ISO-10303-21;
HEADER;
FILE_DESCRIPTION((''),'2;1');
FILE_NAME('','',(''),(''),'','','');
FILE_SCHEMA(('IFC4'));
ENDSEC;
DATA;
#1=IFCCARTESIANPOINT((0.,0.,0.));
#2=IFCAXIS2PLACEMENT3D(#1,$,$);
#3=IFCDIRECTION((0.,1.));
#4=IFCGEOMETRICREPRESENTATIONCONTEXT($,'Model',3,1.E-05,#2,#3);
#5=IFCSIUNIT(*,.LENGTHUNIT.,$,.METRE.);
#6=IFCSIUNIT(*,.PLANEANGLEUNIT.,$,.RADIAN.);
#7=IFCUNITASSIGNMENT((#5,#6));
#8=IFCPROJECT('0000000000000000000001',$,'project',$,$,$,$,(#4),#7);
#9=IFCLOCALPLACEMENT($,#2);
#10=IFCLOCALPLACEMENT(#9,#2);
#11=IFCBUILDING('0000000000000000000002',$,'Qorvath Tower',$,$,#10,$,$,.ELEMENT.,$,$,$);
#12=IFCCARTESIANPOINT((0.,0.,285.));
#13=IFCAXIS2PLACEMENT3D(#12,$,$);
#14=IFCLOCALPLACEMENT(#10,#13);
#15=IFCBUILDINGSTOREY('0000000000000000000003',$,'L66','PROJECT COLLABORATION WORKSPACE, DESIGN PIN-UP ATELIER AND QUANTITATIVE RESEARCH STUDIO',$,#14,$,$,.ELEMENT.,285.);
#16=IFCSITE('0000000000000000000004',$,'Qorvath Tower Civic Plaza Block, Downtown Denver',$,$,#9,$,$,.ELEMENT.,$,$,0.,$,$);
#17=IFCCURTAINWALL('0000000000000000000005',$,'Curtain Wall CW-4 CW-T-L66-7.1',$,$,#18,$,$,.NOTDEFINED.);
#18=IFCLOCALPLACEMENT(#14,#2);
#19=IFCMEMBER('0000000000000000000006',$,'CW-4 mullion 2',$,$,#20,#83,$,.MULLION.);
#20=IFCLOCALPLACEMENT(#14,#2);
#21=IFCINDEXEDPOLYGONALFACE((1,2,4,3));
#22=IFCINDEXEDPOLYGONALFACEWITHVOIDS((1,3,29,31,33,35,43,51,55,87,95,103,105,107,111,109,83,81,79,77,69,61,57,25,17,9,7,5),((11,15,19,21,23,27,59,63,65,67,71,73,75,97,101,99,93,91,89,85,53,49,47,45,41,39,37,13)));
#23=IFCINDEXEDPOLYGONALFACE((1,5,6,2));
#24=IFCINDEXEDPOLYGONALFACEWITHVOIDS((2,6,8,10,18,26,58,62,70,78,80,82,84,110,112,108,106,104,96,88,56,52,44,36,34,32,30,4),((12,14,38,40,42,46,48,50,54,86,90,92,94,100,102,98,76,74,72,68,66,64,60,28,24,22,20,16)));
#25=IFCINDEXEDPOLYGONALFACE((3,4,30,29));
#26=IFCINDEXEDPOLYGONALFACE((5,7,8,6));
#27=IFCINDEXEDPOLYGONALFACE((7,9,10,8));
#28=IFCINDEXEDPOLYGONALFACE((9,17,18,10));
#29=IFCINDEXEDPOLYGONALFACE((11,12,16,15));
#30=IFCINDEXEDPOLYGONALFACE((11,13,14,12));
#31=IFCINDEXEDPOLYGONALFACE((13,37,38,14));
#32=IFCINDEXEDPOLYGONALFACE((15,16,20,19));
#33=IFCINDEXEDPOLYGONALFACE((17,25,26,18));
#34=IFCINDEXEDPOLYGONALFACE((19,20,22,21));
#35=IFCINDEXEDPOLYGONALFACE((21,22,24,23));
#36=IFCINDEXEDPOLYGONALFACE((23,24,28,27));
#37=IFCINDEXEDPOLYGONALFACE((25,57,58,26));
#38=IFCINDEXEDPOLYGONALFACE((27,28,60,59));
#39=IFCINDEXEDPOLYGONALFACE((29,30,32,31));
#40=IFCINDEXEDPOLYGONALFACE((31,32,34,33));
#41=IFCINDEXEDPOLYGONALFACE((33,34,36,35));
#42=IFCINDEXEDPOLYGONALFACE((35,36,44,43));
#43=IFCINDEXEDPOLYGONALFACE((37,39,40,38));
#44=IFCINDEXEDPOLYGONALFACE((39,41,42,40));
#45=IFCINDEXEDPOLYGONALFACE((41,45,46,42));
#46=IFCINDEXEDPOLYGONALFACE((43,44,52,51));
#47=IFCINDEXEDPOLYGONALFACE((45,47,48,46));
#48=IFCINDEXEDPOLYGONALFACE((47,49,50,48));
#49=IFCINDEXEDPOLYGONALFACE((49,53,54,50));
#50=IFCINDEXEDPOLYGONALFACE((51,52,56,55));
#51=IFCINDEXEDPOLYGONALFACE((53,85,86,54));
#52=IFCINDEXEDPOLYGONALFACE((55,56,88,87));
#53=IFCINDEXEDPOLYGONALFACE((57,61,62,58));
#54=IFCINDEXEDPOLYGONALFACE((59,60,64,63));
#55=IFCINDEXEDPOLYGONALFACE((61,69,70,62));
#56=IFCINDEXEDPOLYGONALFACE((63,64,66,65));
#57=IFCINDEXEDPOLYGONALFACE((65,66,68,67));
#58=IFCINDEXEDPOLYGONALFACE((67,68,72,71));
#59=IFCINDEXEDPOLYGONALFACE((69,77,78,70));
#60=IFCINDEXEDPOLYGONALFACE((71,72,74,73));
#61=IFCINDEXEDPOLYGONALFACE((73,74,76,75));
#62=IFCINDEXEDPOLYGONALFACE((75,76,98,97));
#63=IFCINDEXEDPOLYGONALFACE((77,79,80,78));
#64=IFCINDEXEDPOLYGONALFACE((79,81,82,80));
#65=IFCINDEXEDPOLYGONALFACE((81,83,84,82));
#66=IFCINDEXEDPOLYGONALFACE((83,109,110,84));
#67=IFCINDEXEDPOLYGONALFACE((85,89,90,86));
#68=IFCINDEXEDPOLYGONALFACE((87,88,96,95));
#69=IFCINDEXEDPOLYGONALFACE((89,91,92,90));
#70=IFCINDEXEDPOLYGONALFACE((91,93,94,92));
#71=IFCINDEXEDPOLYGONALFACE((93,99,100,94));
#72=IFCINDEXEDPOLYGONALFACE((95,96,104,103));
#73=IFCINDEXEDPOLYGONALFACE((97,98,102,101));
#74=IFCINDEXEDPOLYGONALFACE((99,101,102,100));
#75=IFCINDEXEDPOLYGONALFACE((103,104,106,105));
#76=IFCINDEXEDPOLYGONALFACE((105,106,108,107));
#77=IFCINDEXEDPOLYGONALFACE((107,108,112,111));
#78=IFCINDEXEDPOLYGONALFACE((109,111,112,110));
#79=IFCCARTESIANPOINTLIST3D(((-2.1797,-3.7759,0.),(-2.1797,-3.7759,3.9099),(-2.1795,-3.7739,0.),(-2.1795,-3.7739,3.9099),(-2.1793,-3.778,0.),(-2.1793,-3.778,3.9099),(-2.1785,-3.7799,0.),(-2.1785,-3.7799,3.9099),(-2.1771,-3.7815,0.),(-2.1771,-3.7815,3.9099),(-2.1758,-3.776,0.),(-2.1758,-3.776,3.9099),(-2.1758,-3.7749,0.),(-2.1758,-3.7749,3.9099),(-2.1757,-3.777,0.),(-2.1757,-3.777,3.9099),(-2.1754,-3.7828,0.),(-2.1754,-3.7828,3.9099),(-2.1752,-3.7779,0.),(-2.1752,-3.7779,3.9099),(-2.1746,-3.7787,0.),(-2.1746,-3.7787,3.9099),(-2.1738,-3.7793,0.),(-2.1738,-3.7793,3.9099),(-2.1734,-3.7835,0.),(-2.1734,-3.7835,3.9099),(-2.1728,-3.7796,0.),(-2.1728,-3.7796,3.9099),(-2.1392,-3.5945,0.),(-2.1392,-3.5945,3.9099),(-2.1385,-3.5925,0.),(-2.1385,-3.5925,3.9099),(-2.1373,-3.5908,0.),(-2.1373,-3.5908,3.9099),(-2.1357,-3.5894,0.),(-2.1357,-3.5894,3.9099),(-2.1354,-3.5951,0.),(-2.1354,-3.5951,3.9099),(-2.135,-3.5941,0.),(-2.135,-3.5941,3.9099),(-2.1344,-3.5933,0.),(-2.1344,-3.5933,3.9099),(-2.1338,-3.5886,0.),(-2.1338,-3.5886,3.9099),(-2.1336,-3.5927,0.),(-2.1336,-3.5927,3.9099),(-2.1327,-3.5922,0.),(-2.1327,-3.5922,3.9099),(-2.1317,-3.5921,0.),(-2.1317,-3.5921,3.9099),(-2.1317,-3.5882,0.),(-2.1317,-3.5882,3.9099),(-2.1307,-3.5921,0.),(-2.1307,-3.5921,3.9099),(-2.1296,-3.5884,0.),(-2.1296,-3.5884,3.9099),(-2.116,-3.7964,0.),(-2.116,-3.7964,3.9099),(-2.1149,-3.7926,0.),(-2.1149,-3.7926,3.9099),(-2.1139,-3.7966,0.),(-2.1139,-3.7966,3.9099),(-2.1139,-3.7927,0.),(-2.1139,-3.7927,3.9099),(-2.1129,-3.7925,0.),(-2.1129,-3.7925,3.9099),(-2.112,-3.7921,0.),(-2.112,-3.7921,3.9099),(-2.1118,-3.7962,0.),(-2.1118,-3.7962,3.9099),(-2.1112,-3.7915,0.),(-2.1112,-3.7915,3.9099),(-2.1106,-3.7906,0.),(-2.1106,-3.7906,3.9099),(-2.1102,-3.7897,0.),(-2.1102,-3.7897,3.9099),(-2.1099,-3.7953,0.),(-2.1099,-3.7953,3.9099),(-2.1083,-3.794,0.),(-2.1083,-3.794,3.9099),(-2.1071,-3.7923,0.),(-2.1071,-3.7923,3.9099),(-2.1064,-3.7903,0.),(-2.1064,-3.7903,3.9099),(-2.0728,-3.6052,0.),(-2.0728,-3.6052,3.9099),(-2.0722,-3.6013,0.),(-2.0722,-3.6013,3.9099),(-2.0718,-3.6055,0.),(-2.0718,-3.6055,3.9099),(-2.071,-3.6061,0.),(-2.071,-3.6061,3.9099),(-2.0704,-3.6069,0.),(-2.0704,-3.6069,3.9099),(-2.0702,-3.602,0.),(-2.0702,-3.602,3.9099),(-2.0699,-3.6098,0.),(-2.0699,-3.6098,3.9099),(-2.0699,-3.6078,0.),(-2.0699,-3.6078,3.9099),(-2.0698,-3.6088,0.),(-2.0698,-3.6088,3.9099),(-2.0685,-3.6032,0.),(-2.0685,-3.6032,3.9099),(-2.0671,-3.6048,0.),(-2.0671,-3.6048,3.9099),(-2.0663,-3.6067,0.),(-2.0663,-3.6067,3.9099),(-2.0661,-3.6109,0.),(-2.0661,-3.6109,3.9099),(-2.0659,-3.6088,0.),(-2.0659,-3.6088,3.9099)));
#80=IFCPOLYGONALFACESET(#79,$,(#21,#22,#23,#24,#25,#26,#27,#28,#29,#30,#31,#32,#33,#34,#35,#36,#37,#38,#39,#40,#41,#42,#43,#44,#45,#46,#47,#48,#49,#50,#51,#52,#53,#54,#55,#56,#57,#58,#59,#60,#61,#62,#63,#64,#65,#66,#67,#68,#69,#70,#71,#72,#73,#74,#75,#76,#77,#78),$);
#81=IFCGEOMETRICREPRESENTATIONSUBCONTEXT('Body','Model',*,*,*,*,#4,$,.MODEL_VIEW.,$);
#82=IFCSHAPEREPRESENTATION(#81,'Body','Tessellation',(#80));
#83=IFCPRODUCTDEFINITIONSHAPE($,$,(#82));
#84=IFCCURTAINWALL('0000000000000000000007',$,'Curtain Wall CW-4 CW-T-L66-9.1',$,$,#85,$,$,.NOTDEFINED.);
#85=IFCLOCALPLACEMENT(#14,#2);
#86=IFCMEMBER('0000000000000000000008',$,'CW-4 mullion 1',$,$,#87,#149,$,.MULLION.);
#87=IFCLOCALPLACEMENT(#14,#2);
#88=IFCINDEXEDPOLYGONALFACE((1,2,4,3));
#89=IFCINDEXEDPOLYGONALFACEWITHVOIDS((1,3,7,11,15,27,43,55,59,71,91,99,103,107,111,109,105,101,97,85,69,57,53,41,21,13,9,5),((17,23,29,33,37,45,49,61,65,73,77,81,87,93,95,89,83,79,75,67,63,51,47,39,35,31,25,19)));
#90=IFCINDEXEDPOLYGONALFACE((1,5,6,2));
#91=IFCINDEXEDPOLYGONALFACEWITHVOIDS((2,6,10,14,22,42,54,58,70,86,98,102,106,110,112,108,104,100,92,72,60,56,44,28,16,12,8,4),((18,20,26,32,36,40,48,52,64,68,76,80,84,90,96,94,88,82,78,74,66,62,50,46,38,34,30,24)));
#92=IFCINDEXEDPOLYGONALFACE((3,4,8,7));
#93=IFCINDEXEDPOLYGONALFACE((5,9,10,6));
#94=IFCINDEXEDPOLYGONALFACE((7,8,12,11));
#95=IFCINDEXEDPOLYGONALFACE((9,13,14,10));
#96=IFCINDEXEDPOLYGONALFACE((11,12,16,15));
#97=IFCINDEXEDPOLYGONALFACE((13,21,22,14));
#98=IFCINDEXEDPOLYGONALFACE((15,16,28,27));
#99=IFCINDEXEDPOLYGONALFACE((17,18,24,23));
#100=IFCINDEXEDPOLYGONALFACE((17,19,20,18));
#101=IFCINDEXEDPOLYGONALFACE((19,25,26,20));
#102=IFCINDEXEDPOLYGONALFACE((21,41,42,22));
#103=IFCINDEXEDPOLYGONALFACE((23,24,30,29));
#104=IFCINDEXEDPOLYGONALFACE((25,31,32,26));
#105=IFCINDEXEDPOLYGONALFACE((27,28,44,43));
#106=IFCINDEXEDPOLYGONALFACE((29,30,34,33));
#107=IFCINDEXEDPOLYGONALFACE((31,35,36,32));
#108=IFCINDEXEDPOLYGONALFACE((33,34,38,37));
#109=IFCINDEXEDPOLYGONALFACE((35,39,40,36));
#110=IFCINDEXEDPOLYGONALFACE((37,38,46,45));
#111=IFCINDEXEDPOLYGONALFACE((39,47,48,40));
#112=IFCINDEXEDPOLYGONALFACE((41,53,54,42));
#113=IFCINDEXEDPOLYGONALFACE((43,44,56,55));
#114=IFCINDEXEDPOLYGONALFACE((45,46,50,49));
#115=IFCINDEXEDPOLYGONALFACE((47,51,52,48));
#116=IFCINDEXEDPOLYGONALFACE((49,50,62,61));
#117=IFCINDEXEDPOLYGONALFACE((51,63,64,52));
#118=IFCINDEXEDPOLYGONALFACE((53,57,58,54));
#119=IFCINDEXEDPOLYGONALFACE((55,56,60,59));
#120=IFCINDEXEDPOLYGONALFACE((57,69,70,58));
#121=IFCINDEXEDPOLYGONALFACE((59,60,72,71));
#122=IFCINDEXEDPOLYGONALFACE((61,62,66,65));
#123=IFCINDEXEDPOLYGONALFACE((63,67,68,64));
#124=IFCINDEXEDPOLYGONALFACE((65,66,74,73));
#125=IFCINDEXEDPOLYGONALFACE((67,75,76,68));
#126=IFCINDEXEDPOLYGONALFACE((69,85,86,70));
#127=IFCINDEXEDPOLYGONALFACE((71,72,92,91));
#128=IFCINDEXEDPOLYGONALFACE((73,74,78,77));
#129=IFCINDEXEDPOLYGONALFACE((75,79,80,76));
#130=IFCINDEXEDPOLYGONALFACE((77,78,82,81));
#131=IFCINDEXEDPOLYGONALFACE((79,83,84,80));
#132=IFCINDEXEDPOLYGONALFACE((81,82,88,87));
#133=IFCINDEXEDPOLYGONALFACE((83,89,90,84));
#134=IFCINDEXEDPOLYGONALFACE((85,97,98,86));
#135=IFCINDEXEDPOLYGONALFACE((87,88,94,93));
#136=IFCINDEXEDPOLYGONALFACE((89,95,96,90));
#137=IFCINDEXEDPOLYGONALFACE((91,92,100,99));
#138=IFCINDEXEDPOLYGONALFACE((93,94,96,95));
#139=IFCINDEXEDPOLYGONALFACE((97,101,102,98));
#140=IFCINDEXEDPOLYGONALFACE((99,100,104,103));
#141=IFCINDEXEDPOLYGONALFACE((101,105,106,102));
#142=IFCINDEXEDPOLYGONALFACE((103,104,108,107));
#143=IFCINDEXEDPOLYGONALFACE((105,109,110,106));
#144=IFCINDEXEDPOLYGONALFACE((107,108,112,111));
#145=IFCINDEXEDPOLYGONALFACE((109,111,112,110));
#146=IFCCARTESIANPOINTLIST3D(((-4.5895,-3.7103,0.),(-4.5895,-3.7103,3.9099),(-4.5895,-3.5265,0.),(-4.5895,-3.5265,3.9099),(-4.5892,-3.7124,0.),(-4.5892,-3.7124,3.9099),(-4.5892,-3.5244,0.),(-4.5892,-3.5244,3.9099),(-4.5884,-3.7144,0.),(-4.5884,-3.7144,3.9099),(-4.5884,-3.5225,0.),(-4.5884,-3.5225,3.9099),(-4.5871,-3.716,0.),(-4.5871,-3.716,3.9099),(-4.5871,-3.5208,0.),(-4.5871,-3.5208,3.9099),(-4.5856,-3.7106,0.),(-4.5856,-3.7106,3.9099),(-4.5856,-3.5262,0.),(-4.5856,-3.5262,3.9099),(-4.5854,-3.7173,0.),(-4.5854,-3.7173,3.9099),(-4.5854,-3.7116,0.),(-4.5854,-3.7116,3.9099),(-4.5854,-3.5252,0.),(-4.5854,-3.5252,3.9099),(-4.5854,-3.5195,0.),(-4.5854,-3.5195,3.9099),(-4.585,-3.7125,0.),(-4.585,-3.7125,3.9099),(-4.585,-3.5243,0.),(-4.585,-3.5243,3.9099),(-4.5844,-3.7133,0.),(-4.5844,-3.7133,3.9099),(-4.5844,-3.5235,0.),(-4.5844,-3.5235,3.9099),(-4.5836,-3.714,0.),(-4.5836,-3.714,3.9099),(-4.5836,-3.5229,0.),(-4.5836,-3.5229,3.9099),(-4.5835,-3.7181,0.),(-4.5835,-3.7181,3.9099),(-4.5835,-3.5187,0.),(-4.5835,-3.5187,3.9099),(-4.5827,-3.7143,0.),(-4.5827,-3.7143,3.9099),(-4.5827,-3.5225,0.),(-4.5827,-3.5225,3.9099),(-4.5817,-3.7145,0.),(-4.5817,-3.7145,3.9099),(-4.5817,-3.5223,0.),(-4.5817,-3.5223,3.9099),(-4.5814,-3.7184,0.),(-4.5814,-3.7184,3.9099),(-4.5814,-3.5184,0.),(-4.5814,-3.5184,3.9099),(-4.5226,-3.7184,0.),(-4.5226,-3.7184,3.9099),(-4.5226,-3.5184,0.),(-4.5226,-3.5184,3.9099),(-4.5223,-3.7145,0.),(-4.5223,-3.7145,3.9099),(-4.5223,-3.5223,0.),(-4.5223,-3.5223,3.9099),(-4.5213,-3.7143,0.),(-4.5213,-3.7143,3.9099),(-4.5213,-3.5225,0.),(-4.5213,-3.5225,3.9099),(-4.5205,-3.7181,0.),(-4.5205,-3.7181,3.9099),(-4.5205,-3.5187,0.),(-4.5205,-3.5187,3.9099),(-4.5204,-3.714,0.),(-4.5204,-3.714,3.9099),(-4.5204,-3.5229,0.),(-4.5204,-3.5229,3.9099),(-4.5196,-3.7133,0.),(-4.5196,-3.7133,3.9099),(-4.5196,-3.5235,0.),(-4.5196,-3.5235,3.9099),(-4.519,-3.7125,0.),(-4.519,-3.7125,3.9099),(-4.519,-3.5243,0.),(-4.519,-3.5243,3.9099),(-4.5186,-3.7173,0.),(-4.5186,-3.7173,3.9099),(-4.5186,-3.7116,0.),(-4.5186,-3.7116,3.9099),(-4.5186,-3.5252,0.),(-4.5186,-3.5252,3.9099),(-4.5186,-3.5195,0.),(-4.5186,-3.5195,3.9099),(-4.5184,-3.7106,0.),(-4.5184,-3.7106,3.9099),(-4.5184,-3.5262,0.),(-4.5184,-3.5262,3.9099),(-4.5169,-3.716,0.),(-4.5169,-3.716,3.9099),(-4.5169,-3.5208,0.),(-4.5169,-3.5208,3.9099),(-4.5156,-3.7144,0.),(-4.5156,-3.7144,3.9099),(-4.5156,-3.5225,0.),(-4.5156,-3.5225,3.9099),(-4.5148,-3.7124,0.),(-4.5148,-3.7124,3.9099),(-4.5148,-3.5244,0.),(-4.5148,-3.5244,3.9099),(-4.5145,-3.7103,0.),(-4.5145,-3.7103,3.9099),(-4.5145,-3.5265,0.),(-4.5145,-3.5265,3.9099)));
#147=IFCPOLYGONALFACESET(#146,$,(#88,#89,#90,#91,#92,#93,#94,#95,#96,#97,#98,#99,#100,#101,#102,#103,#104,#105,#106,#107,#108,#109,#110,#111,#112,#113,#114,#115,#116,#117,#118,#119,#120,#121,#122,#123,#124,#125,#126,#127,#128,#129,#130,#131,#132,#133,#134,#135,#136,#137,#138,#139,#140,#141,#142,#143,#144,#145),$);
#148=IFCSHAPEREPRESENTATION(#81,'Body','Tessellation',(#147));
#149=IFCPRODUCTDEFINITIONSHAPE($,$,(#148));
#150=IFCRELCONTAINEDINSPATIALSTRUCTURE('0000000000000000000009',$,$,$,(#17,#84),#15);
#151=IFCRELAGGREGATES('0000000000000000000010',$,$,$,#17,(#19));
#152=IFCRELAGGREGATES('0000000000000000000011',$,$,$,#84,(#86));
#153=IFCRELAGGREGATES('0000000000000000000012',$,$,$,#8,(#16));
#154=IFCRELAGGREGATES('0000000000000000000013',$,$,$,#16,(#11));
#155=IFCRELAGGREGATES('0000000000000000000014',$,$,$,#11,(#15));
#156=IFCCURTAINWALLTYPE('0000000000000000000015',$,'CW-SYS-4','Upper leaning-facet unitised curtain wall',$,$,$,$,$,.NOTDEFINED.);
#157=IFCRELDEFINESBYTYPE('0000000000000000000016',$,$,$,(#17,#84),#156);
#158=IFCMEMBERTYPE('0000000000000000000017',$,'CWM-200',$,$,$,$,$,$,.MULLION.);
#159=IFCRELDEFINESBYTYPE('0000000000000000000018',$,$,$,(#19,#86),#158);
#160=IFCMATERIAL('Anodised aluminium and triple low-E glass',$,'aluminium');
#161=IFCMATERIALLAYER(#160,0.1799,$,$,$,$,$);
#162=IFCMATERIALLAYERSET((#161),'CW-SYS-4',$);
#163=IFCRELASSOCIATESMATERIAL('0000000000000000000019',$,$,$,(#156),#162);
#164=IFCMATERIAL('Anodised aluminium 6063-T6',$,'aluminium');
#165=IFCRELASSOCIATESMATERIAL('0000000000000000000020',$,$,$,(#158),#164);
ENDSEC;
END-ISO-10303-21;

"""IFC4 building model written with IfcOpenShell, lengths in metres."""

from ifc_helpers import new_model, si_unit, direction, frame, origin, origin_2d, place, context, subcontext, project, spatial, hollow_rectangle, extrude, material, layer, layer_set, material_profile, profile_set, type_object, element, aggregate, save


model = new_model("IFC4")

# Units and contexts
model_context = context("Model", 3, precision=1e-05, world=origin(), true_north=direction((0.0, 1.0)))
body_context = subcontext(model_context, "Body", "Model", "MODEL_VIEW")
ifc_project = project(units=[si_unit("LENGTHUNIT", "METRE"), si_unit("PLANEANGLEUNIT", "RADIAN")], contexts=[model_context])

# Site, building, storey
site_placement = place(None, origin())
site = spatial("IfcSite", under=ifc_project, at=site_placement, Name="Qorvath Tower Civic Plaza Block, Downtown Denver", CompositionType="ELEMENT", RefElevation=0.0)
building_placement = place(site_placement, origin())
building = spatial("IfcBuilding", under=site, at=building_placement, Name="Qorvath Tower", CompositionType="ELEMENT")
storey_placement = place(building_placement, frame((0.0, 0.0, 285.0)))
storey = spatial("IfcBuildingStorey", under=building, at=storey_placement, Name="L66", Description="PROJECT COLLABORATION WORKSPACE, DESIGN PIN-UP ATELIER AND QUANTITATIVE RESEARCH STUDIO", CompositionType="ELEMENT", Elevation=285.0)

# Curtain wall, member
ifc_material_1 = material(Name="Anodised aluminium and triple low-E glass", Category="aluminium")
ifc_layer_1 = layer(ifc_material_1, 0.1799)
ifc_layer_set_1 = layer_set([ifc_layer_1], Name="CW-SYS-4")
curtain_wall_type = type_object("IfcCurtainWallType", Name="CW-SYS-4", Description="Upper leaning-facet unitised curtain wall", PredefinedType="NOTDEFINED", material=ifc_layer_set_1)
curtain_wall_1_placement = place(storey_placement, origin())
curtain_wall_1 = element("IfcCurtainWall", 1, at=curtain_wall_1_placement, inside=storey, type_object=curtain_wall_type, Name="Curtain Wall CW-4 CW-T-L66-7.1", PredefinedType="NOTDEFINED")
ifc_material_2 = material(Name="Anodised aluminium 6063-T6", Category="aluminium")
ifc_material_profile_1 = material_profile(ifc_material_2, hollow_rectangle(XDim=0.075, YDim=0.2, WallThickness=0.0039, InnerFilletRadius=0.0039, OuterFilletRadius=0.0081, at=origin_2d()), Name="CWM 200x75")
ifc_profile_set_1 = profile_set([ifc_material_profile_1], Name="Anodised aluminium 6063-T6")
member_type_1 = type_object("IfcMemberType", Name="CWM-200", PredefinedType="MULLION", material=ifc_profile_set_1)
member_1_placement = place(storey_placement, frame((-2.1228, -3.6924, 0.0), z_axis=(0.0, 0.0, 1.0), x_axis=(-0.975687, 0.219167, 0.0)))
member_1 = element("IfcMember", 2, at=member_1_placement, type_object=member_type_1, Name="CW-4 mullion 2", PredefinedType="MULLION", context=body_context, shape_type="SweptSolid", body=[
    extrude(hollow_rectangle(XDim=0.075, YDim=0.2, WallThickness=0.0039, InnerFilletRadius=0.0039, OuterFilletRadius=0.0081, at=origin_2d()), origin(), (0.0, 0.0, 1.0), 3.9099),
])
aggregate(curtain_wall_1, [member_1])

# Curtain wall, member
curtain_wall_2_placement = place(storey_placement, origin())
curtain_wall_2 = element("IfcCurtainWall", 3, at=curtain_wall_2_placement, inside=storey, type_object=curtain_wall_type, Name="Curtain Wall CW-4 CW-T-L66-9.1", PredefinedType="NOTDEFINED")
member_2_placement = place(storey_placement, frame((-4.552, -3.6184, 0.0), z_axis=(0.0, 0.0, 1.0), x_axis=(-1.0, 0.0, 0.0)))
member_2 = element("IfcMember", 4, at=member_2_placement, type_object=member_type_1, Name="CW-4 mullion 1", PredefinedType="MULLION", context=body_context, shape_type="SweptSolid", body=[
    extrude(hollow_rectangle(XDim=0.075, YDim=0.2, WallThickness=0.0039, InnerFilletRadius=0.0039, OuterFilletRadius=0.0081, at=origin_2d()), origin(), (0.0, 0.0, 1.0), 3.9099),
])
aggregate(curtain_wall_2, [member_2])

save(model, "model.ifc")
